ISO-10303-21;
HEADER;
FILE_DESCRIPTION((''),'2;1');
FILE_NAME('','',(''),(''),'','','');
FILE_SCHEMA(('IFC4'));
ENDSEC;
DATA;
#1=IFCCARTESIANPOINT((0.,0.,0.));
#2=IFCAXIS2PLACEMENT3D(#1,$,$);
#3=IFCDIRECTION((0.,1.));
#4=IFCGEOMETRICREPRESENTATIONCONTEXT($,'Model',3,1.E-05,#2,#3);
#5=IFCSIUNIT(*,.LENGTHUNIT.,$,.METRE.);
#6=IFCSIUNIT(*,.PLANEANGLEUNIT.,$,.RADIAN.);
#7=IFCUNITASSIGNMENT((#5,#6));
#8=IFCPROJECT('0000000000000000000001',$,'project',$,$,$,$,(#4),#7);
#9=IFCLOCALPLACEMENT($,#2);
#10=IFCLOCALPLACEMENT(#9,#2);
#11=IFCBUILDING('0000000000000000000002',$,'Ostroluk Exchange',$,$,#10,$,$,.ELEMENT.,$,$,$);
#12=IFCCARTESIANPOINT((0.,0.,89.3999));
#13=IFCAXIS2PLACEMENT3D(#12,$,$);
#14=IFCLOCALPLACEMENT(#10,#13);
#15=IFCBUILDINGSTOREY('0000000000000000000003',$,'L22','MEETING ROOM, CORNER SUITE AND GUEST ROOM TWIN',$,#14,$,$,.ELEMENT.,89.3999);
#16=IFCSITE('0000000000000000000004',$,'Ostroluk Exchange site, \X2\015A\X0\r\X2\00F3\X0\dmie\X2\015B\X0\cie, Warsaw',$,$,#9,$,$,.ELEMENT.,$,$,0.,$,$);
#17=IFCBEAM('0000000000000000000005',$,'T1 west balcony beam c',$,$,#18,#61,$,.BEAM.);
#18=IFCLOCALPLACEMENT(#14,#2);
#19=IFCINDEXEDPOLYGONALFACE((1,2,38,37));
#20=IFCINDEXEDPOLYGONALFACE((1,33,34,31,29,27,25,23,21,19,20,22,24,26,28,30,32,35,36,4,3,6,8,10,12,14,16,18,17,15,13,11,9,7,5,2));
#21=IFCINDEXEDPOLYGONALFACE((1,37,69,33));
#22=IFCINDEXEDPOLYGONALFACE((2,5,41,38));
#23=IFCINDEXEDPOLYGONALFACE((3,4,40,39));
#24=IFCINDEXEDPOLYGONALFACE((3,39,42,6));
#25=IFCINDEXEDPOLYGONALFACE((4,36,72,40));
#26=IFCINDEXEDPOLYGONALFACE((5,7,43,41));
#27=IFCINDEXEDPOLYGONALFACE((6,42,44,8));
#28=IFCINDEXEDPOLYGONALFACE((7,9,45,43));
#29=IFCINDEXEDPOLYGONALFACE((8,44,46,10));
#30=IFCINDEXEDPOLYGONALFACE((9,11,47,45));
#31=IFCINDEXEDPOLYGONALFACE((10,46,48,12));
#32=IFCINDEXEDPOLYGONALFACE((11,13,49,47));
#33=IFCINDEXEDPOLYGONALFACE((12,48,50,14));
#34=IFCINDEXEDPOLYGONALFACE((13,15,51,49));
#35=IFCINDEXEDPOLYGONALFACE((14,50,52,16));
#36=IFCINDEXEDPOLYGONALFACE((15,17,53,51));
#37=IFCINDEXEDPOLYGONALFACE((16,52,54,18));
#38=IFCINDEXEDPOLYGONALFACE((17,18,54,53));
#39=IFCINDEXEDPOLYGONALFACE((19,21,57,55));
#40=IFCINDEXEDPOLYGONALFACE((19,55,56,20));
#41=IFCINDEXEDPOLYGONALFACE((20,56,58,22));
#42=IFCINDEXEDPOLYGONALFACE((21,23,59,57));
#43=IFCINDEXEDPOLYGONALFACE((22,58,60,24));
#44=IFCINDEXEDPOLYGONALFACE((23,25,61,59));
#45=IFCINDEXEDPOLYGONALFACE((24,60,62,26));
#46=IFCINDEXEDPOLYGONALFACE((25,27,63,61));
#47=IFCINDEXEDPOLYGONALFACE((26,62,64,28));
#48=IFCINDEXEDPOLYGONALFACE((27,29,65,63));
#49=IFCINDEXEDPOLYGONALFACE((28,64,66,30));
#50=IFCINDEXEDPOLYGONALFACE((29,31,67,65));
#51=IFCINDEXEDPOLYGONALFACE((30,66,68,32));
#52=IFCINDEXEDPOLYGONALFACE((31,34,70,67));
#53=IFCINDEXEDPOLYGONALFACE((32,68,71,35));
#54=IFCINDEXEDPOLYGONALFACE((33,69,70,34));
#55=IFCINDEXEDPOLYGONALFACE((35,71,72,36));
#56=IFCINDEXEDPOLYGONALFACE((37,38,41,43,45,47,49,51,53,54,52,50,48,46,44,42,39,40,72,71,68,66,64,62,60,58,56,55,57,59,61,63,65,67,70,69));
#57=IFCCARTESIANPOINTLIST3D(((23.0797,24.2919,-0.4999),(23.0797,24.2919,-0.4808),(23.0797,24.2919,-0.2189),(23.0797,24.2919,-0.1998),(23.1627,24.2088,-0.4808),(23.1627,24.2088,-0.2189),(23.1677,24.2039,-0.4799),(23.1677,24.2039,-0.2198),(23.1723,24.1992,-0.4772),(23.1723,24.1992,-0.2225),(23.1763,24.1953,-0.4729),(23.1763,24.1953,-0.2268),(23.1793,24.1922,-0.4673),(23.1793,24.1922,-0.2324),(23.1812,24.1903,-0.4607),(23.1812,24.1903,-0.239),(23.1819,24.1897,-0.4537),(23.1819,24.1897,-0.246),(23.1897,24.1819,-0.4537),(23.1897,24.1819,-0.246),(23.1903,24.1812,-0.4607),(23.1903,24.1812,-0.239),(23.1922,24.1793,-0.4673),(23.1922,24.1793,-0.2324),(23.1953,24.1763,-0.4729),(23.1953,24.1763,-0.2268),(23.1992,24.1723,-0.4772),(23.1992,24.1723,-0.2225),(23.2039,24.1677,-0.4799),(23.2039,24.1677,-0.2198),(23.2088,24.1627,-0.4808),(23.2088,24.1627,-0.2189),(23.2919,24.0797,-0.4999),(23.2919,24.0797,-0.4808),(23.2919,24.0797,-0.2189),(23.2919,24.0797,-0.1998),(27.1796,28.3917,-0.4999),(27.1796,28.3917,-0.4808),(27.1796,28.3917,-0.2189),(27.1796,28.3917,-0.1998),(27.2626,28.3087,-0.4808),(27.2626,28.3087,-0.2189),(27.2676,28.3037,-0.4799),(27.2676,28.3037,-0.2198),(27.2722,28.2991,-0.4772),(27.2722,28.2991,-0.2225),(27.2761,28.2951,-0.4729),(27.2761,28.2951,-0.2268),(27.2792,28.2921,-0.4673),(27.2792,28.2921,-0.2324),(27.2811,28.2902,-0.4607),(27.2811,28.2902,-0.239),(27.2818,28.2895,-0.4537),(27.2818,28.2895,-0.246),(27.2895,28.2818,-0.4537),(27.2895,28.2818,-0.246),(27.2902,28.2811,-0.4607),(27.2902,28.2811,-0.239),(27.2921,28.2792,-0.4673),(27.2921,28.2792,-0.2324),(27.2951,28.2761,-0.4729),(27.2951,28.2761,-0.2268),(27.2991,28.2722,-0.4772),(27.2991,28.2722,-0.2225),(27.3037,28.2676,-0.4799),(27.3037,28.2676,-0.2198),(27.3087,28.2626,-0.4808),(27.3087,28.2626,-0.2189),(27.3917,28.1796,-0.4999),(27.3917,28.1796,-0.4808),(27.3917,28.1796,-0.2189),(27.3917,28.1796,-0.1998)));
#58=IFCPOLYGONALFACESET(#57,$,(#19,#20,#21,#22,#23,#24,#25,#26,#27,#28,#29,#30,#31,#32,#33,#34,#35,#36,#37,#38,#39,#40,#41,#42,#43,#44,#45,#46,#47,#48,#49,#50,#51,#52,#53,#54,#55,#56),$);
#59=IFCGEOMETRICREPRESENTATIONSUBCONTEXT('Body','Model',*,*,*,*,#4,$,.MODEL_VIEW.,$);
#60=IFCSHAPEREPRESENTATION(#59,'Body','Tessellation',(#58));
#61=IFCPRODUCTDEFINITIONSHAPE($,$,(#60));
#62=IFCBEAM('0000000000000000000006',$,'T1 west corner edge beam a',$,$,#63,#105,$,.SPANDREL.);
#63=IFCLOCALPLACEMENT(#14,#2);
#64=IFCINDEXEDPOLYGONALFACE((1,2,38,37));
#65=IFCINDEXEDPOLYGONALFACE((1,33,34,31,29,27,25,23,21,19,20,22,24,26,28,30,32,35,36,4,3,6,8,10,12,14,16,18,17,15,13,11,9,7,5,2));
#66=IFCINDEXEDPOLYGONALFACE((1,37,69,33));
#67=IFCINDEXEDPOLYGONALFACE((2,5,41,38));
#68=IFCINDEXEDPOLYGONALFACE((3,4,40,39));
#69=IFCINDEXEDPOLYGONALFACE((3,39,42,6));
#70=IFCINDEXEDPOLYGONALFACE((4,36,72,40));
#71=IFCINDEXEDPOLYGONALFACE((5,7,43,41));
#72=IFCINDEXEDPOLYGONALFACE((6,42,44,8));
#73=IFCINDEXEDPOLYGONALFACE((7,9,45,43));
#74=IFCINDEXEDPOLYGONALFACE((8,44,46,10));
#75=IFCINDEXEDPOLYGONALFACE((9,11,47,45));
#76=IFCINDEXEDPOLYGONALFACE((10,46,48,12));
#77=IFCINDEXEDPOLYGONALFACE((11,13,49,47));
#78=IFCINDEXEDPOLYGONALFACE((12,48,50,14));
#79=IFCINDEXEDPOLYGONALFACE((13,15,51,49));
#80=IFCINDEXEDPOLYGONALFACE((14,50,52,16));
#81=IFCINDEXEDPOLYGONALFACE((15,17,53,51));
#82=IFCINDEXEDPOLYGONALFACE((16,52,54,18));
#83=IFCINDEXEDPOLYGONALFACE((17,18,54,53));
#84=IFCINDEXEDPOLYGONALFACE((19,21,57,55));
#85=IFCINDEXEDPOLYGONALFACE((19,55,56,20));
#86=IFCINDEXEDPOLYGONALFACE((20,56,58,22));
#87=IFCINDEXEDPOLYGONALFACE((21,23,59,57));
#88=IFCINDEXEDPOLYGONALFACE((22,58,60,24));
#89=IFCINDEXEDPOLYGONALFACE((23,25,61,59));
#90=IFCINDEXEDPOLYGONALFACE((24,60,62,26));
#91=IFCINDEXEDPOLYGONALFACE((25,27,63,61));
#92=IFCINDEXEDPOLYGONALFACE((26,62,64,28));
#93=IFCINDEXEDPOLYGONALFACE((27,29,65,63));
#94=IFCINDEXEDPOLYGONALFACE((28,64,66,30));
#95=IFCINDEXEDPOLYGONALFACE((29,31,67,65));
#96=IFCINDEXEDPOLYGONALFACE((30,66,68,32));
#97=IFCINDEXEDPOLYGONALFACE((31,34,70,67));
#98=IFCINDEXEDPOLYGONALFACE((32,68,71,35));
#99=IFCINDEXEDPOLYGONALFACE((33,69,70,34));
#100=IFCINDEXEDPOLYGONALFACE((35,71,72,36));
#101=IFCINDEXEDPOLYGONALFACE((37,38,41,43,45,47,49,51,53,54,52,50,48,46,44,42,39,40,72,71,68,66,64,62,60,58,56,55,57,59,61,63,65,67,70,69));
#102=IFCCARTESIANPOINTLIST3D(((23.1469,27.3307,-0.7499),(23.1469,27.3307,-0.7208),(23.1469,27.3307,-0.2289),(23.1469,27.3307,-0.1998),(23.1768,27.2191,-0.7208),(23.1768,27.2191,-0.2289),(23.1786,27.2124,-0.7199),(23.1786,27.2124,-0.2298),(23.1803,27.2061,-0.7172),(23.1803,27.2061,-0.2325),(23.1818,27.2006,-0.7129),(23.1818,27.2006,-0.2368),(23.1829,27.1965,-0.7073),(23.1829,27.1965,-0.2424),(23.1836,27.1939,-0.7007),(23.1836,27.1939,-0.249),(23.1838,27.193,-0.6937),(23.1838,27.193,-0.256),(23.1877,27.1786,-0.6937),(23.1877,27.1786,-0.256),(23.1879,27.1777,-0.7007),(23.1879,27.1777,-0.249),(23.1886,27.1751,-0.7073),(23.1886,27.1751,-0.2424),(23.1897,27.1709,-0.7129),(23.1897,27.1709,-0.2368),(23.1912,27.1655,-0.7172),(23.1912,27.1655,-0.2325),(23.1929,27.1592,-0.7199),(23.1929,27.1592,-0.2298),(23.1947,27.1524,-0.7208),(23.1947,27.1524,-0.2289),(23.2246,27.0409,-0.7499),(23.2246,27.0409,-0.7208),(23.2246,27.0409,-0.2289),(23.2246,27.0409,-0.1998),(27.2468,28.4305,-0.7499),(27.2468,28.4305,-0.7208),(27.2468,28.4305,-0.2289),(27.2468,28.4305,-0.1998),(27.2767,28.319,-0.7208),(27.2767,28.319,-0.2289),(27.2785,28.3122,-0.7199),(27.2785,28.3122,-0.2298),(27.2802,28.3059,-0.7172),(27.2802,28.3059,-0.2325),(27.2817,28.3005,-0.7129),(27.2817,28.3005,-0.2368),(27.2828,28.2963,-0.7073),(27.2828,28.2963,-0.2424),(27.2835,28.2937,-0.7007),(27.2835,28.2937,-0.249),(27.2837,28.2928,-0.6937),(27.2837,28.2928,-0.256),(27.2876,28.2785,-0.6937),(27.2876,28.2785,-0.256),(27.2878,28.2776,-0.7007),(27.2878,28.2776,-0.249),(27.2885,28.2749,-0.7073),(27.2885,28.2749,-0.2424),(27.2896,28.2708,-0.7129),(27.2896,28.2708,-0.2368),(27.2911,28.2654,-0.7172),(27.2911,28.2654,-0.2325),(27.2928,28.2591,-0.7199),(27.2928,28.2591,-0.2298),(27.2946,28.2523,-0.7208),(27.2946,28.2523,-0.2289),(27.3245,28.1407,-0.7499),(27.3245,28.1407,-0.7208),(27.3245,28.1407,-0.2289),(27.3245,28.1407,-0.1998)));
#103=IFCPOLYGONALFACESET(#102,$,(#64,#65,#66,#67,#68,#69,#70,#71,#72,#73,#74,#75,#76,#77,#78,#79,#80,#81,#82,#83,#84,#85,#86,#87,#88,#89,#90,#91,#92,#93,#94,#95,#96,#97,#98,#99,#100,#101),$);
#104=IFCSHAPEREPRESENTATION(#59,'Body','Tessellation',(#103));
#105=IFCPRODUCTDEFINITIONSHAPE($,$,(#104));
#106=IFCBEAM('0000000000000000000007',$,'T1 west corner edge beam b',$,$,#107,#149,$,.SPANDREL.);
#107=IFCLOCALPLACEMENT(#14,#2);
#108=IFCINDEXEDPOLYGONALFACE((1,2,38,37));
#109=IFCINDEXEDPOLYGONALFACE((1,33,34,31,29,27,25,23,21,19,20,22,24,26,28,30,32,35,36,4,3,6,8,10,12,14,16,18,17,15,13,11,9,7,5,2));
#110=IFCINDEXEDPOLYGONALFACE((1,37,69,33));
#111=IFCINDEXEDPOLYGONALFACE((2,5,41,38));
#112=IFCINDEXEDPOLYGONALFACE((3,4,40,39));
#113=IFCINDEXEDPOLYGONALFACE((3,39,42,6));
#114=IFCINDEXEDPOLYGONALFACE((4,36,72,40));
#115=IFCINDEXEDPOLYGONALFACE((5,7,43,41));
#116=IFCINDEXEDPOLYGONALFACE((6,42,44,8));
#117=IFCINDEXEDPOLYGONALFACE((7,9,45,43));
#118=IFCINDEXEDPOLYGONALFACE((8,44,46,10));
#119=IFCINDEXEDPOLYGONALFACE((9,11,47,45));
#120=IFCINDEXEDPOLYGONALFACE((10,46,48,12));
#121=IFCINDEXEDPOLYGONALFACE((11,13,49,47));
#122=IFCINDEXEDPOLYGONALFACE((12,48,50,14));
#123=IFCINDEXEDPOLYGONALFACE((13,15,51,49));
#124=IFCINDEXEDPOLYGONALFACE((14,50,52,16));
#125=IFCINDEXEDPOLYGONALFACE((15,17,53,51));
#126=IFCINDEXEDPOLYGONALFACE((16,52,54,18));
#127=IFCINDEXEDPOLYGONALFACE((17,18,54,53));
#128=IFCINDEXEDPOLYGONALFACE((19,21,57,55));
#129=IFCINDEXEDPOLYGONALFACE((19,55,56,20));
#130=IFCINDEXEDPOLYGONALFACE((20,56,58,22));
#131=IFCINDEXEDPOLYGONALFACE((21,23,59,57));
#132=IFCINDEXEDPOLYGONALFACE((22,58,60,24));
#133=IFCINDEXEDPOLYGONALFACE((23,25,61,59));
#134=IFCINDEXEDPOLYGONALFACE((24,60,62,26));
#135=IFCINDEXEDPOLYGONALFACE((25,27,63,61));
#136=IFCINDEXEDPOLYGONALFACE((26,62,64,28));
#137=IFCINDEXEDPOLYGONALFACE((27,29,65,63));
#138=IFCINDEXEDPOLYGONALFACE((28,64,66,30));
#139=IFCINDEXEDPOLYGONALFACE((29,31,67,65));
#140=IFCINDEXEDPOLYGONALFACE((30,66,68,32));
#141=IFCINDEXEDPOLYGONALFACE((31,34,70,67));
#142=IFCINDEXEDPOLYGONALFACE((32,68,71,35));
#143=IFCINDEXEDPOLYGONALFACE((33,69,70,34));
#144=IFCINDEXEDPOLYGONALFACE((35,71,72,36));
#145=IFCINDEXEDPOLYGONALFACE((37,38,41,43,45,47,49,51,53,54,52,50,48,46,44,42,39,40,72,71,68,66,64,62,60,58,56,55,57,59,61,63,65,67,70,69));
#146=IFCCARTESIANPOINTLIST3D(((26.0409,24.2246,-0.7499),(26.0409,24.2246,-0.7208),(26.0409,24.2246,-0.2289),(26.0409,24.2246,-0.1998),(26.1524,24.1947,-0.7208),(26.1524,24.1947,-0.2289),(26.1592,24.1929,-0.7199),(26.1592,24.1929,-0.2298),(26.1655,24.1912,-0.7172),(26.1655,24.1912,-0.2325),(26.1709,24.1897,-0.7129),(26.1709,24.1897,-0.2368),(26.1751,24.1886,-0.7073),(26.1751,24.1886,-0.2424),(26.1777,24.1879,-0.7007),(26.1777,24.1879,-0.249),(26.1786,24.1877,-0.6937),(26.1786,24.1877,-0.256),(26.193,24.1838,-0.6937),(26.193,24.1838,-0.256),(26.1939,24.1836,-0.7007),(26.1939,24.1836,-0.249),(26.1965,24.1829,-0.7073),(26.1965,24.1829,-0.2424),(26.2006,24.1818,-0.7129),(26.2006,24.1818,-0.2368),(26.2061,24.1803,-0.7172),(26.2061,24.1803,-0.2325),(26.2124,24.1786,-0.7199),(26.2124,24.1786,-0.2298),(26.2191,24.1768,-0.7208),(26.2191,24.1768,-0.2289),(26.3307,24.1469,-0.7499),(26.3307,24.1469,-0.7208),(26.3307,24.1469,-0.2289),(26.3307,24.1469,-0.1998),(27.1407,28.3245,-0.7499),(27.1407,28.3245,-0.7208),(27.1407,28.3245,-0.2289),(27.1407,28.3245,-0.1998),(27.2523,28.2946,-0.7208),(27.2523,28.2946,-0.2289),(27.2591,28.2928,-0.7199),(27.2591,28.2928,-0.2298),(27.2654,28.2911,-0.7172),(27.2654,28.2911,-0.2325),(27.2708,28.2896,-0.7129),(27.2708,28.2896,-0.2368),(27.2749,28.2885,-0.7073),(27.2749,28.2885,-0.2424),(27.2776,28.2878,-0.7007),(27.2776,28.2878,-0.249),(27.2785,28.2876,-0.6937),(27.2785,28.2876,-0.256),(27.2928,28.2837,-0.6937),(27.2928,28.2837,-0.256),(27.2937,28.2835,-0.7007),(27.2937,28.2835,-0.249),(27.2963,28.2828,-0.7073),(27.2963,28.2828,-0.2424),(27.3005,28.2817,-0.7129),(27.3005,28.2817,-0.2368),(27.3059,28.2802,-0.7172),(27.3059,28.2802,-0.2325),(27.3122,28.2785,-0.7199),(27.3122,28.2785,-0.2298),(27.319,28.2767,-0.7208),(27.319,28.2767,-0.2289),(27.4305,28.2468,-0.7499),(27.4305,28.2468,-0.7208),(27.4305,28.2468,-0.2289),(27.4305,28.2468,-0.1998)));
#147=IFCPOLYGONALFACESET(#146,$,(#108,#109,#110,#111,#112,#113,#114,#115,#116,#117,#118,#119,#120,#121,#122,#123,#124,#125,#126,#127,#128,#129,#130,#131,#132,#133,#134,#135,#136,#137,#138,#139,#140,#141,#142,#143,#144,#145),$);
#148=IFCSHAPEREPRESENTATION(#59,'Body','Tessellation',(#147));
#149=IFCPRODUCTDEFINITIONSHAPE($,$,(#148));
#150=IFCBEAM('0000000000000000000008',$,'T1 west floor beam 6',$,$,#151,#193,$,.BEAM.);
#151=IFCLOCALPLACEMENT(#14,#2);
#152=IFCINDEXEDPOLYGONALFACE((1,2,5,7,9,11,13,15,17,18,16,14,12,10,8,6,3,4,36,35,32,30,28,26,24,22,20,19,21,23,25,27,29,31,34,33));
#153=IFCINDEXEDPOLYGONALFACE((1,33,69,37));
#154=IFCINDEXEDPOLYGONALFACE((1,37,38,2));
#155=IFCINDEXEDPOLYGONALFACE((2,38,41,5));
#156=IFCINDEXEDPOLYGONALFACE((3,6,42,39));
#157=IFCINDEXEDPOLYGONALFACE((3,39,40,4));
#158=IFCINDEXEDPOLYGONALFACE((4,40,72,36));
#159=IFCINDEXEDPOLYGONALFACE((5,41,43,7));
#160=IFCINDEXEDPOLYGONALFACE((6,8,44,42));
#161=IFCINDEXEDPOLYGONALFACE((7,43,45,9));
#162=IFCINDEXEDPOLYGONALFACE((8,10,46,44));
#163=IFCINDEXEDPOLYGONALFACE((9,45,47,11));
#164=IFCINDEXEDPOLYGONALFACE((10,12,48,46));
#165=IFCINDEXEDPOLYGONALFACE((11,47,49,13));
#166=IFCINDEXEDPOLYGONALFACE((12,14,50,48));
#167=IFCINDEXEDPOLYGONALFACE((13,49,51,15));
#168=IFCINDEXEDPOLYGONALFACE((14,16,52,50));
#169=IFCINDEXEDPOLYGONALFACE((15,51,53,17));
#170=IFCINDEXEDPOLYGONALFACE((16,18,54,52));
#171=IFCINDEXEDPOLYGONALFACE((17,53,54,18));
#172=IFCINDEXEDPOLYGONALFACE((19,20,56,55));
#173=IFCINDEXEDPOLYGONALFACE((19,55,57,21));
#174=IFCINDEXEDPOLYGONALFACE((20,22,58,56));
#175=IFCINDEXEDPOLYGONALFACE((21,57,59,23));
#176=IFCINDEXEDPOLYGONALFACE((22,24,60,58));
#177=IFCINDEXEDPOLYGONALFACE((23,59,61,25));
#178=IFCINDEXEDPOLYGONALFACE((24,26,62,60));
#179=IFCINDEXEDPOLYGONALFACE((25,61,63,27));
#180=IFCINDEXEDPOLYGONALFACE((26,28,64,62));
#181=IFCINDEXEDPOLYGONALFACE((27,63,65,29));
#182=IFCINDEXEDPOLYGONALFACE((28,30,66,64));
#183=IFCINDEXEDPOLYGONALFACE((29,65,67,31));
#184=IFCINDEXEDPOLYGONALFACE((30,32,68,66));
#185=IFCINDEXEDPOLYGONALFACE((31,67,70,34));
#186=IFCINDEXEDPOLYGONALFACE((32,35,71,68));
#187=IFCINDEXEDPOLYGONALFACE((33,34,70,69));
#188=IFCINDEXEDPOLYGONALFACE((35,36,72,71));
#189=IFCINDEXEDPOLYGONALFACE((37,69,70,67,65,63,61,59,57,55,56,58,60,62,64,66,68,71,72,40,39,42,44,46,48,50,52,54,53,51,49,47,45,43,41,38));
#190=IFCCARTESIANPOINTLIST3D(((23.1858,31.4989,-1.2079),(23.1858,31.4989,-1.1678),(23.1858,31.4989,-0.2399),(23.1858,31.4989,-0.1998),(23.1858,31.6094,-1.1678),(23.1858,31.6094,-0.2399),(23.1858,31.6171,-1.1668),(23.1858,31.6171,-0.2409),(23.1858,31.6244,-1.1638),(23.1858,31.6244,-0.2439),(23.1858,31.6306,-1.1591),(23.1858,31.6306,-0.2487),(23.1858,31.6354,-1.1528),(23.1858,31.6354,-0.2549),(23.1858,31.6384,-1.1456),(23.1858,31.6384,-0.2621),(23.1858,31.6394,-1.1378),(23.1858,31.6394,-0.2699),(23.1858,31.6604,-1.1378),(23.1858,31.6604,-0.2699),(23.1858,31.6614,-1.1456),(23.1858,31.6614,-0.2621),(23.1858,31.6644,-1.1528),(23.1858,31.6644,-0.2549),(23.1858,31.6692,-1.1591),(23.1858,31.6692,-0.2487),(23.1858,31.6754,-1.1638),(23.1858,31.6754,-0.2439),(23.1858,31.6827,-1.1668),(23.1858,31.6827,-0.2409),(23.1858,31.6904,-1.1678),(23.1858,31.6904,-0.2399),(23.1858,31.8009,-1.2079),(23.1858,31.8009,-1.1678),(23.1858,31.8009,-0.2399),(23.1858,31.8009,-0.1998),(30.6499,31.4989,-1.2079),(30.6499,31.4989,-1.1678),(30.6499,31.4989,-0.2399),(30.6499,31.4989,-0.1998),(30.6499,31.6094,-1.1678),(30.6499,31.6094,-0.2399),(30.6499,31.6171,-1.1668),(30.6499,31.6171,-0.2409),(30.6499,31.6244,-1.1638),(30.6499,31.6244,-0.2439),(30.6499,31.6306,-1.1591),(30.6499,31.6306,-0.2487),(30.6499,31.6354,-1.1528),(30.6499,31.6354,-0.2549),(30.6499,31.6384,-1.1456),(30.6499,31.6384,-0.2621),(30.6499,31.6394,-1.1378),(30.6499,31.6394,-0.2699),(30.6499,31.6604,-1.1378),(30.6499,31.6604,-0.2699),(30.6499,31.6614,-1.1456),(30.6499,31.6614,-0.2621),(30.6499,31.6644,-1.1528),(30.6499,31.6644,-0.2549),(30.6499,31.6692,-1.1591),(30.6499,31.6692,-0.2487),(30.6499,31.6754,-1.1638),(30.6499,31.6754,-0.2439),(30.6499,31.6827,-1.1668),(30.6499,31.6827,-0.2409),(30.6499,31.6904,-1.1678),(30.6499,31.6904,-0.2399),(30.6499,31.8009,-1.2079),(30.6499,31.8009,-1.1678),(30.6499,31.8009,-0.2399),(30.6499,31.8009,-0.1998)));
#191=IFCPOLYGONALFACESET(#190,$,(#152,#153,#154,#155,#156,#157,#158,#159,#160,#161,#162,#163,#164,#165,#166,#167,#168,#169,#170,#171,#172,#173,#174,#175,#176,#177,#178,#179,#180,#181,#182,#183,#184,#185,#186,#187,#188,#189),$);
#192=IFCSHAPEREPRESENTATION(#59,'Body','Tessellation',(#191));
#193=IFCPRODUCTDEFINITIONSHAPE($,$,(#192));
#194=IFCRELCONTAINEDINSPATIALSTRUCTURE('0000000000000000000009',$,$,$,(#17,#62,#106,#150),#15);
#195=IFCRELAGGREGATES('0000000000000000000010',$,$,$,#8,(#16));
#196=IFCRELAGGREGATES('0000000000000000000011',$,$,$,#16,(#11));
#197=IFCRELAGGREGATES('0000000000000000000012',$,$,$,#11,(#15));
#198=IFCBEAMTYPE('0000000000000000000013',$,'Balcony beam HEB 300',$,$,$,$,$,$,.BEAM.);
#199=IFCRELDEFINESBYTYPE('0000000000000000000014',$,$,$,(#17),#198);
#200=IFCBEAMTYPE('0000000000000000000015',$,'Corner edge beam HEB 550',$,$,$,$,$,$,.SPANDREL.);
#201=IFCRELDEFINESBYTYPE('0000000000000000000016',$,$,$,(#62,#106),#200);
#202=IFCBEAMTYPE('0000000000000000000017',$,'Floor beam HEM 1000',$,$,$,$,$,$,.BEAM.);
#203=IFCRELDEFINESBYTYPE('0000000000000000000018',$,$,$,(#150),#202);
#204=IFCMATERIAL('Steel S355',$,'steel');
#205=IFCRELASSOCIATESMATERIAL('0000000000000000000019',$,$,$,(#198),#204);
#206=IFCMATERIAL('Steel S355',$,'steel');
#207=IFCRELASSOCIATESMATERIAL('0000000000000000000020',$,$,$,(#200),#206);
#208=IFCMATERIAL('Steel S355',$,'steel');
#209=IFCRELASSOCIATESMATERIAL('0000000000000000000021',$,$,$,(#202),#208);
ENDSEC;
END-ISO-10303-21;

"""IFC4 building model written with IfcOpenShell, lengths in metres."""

from ifc_helpers import new_model, si_unit, direction, frame, origin, origin_2d, place, context, subcontext, project, spatial, i_section, extrude, material, material_profile, profile_set, type_object, element, save


model = new_model("IFC4")

# Units and contexts
model_context = context("Model", 3, precision=1e-05, world=origin(), true_north=direction((0.0, 1.0)))
body_context = subcontext(model_context, "Body", "Model", "MODEL_VIEW")
ifc_project = project(units=[si_unit("LENGTHUNIT", "METRE"), si_unit("PLANEANGLEUNIT", "RADIAN")], contexts=[model_context])

# Site, building, storey
site_placement = place(None, origin())
site = spatial("IfcSite", under=ifc_project, at=site_placement, Name="Ostroluk Exchange site, Śródmieście, Warsaw", CompositionType="ELEMENT", RefElevation=0.0)
building_placement = place(site_placement, origin())
building = spatial("IfcBuilding", under=site, at=building_placement, Name="Ostroluk Exchange", CompositionType="ELEMENT")
storey_placement = place(building_placement, frame((0.0, 0.0, 89.3999)))
storey = spatial("IfcBuildingStorey", under=building, at=storey_placement, Name="L22", Description="MEETING ROOM, CORNER SUITE AND GUEST ROOM TWIN", CompositionType="ELEMENT", Elevation=89.3999)

# Beams
ifc_material_1 = material(Name="Steel S355", Category="steel")
ifc_material_profile_1 = material_profile(ifc_material_1, i_section(OverallWidth=0.3, OverallDepth=0.3, WebThickness=0.011, FlangeThickness=0.019, FilletRadius=0.0271, at=origin_2d()), Name="HEB 300")
ifc_profile_set_1 = profile_set([ifc_material_profile_1], Name="Steel S355")
beam_type_1 = type_object("IfcBeamType", Name="Balcony beam HEB 300", PredefinedType="BEAM", material=ifc_profile_set_1)
beam_1_placement = place(storey_placement, frame((27.2856, 28.2856, -0.3499), z_axis=(-0.707107, -0.707107, 0.0), x_axis=(0.707107, -0.707107, 0.0)))
element("IfcBeam", 1, at=beam_1_placement, inside=storey, type_object=beam_type_1, Name="T1 west balcony beam c", PredefinedType="BEAM", context=body_context, shape_type="SweptSolid", body=[
    extrude(i_section(OverallWidth=0.3, OverallDepth=0.3, WebThickness=0.011, FlangeThickness=0.019, FilletRadius=0.0271, at=origin_2d()), origin(), (0.0, 0.0, 1.0), 5.7981),
])
ifc_material_2 = material(Name="Steel S355", Category="steel")
ifc_material_profile_2 = material_profile(ifc_material_2, i_section(OverallWidth=0.3, OverallDepth=0.55, WebThickness=0.0149, FlangeThickness=0.0291, FilletRadius=0.0271, at=origin_2d()), Name="HEB 550")
ifc_profile_set_2 = profile_set([ifc_material_profile_2], Name="Steel S355")
beam_type_2 = type_object("IfcBeamType", Name="Corner edge beam HEB 550", PredefinedType="SPANDREL", material=ifc_profile_set_2)
for number, where, z_axis, x_axis, name in (
    (2, (27.2856, 28.2856, -0.4749), (-0.965849, -0.259105, 0.0), (0.259105, -0.965849, 0.0), "T1 west corner edge beam a"),
    (3, (27.2856, 28.2856, -0.4749), (-0.259105, -0.965849, 0.0), (0.965849, -0.259105, 0.0), "T1 west corner edge beam b"),
):
    element("IfcBeam", number, at=place(storey_placement, frame(where, z_axis=z_axis, x_axis=x_axis)), inside=storey, type_object=beam_type_2, Name=name, PredefinedType="SPANDREL", context=body_context, shape_type="SweptSolid", body=[
        extrude(i_section(OverallWidth=0.3, OverallDepth=0.55, WebThickness=0.0149, FlangeThickness=0.0291, FilletRadius=0.0271, at=origin_2d()), origin(), (0.0, 0.0, 1.0), 4.2449),
    ])
ifc_material_3 = material(Name="Steel S355", Category="steel")
ifc_material_profile_3 = material_profile(ifc_material_3, i_section(OverallWidth=0.302, OverallDepth=1.0081, WebThickness=0.021, FlangeThickness=0.04, FilletRadius=0.03, at=origin_2d()), Name="HEM 1000")
ifc_profile_set_3 = profile_set([ifc_material_profile_3], Name="Steel S355")
beam_type_3 = type_object("IfcBeamType", Name="Floor beam HEM 1000", PredefinedType="BEAM", material=ifc_profile_set_3)
beam_2_placement = place(storey_placement, frame((30.6499, 31.6499, -0.7039), z_axis=(-1.0, 0.0, 0.0), x_axis=(0.0, -1.0, 0.0)))
element("IfcBeam", 4, at=beam_2_placement, inside=storey, type_object=beam_type_3, Name="T1 west floor beam 6", PredefinedType="BEAM", context=body_context, shape_type="SweptSolid", body=[
    extrude(i_section(OverallWidth=0.302, OverallDepth=1.0081, WebThickness=0.021, FlangeThickness=0.04, FilletRadius=0.03, at=origin_2d()), origin(), (0.0, 0.0, 1.0), 7.4641),
])

save(model, "model.ifc")
